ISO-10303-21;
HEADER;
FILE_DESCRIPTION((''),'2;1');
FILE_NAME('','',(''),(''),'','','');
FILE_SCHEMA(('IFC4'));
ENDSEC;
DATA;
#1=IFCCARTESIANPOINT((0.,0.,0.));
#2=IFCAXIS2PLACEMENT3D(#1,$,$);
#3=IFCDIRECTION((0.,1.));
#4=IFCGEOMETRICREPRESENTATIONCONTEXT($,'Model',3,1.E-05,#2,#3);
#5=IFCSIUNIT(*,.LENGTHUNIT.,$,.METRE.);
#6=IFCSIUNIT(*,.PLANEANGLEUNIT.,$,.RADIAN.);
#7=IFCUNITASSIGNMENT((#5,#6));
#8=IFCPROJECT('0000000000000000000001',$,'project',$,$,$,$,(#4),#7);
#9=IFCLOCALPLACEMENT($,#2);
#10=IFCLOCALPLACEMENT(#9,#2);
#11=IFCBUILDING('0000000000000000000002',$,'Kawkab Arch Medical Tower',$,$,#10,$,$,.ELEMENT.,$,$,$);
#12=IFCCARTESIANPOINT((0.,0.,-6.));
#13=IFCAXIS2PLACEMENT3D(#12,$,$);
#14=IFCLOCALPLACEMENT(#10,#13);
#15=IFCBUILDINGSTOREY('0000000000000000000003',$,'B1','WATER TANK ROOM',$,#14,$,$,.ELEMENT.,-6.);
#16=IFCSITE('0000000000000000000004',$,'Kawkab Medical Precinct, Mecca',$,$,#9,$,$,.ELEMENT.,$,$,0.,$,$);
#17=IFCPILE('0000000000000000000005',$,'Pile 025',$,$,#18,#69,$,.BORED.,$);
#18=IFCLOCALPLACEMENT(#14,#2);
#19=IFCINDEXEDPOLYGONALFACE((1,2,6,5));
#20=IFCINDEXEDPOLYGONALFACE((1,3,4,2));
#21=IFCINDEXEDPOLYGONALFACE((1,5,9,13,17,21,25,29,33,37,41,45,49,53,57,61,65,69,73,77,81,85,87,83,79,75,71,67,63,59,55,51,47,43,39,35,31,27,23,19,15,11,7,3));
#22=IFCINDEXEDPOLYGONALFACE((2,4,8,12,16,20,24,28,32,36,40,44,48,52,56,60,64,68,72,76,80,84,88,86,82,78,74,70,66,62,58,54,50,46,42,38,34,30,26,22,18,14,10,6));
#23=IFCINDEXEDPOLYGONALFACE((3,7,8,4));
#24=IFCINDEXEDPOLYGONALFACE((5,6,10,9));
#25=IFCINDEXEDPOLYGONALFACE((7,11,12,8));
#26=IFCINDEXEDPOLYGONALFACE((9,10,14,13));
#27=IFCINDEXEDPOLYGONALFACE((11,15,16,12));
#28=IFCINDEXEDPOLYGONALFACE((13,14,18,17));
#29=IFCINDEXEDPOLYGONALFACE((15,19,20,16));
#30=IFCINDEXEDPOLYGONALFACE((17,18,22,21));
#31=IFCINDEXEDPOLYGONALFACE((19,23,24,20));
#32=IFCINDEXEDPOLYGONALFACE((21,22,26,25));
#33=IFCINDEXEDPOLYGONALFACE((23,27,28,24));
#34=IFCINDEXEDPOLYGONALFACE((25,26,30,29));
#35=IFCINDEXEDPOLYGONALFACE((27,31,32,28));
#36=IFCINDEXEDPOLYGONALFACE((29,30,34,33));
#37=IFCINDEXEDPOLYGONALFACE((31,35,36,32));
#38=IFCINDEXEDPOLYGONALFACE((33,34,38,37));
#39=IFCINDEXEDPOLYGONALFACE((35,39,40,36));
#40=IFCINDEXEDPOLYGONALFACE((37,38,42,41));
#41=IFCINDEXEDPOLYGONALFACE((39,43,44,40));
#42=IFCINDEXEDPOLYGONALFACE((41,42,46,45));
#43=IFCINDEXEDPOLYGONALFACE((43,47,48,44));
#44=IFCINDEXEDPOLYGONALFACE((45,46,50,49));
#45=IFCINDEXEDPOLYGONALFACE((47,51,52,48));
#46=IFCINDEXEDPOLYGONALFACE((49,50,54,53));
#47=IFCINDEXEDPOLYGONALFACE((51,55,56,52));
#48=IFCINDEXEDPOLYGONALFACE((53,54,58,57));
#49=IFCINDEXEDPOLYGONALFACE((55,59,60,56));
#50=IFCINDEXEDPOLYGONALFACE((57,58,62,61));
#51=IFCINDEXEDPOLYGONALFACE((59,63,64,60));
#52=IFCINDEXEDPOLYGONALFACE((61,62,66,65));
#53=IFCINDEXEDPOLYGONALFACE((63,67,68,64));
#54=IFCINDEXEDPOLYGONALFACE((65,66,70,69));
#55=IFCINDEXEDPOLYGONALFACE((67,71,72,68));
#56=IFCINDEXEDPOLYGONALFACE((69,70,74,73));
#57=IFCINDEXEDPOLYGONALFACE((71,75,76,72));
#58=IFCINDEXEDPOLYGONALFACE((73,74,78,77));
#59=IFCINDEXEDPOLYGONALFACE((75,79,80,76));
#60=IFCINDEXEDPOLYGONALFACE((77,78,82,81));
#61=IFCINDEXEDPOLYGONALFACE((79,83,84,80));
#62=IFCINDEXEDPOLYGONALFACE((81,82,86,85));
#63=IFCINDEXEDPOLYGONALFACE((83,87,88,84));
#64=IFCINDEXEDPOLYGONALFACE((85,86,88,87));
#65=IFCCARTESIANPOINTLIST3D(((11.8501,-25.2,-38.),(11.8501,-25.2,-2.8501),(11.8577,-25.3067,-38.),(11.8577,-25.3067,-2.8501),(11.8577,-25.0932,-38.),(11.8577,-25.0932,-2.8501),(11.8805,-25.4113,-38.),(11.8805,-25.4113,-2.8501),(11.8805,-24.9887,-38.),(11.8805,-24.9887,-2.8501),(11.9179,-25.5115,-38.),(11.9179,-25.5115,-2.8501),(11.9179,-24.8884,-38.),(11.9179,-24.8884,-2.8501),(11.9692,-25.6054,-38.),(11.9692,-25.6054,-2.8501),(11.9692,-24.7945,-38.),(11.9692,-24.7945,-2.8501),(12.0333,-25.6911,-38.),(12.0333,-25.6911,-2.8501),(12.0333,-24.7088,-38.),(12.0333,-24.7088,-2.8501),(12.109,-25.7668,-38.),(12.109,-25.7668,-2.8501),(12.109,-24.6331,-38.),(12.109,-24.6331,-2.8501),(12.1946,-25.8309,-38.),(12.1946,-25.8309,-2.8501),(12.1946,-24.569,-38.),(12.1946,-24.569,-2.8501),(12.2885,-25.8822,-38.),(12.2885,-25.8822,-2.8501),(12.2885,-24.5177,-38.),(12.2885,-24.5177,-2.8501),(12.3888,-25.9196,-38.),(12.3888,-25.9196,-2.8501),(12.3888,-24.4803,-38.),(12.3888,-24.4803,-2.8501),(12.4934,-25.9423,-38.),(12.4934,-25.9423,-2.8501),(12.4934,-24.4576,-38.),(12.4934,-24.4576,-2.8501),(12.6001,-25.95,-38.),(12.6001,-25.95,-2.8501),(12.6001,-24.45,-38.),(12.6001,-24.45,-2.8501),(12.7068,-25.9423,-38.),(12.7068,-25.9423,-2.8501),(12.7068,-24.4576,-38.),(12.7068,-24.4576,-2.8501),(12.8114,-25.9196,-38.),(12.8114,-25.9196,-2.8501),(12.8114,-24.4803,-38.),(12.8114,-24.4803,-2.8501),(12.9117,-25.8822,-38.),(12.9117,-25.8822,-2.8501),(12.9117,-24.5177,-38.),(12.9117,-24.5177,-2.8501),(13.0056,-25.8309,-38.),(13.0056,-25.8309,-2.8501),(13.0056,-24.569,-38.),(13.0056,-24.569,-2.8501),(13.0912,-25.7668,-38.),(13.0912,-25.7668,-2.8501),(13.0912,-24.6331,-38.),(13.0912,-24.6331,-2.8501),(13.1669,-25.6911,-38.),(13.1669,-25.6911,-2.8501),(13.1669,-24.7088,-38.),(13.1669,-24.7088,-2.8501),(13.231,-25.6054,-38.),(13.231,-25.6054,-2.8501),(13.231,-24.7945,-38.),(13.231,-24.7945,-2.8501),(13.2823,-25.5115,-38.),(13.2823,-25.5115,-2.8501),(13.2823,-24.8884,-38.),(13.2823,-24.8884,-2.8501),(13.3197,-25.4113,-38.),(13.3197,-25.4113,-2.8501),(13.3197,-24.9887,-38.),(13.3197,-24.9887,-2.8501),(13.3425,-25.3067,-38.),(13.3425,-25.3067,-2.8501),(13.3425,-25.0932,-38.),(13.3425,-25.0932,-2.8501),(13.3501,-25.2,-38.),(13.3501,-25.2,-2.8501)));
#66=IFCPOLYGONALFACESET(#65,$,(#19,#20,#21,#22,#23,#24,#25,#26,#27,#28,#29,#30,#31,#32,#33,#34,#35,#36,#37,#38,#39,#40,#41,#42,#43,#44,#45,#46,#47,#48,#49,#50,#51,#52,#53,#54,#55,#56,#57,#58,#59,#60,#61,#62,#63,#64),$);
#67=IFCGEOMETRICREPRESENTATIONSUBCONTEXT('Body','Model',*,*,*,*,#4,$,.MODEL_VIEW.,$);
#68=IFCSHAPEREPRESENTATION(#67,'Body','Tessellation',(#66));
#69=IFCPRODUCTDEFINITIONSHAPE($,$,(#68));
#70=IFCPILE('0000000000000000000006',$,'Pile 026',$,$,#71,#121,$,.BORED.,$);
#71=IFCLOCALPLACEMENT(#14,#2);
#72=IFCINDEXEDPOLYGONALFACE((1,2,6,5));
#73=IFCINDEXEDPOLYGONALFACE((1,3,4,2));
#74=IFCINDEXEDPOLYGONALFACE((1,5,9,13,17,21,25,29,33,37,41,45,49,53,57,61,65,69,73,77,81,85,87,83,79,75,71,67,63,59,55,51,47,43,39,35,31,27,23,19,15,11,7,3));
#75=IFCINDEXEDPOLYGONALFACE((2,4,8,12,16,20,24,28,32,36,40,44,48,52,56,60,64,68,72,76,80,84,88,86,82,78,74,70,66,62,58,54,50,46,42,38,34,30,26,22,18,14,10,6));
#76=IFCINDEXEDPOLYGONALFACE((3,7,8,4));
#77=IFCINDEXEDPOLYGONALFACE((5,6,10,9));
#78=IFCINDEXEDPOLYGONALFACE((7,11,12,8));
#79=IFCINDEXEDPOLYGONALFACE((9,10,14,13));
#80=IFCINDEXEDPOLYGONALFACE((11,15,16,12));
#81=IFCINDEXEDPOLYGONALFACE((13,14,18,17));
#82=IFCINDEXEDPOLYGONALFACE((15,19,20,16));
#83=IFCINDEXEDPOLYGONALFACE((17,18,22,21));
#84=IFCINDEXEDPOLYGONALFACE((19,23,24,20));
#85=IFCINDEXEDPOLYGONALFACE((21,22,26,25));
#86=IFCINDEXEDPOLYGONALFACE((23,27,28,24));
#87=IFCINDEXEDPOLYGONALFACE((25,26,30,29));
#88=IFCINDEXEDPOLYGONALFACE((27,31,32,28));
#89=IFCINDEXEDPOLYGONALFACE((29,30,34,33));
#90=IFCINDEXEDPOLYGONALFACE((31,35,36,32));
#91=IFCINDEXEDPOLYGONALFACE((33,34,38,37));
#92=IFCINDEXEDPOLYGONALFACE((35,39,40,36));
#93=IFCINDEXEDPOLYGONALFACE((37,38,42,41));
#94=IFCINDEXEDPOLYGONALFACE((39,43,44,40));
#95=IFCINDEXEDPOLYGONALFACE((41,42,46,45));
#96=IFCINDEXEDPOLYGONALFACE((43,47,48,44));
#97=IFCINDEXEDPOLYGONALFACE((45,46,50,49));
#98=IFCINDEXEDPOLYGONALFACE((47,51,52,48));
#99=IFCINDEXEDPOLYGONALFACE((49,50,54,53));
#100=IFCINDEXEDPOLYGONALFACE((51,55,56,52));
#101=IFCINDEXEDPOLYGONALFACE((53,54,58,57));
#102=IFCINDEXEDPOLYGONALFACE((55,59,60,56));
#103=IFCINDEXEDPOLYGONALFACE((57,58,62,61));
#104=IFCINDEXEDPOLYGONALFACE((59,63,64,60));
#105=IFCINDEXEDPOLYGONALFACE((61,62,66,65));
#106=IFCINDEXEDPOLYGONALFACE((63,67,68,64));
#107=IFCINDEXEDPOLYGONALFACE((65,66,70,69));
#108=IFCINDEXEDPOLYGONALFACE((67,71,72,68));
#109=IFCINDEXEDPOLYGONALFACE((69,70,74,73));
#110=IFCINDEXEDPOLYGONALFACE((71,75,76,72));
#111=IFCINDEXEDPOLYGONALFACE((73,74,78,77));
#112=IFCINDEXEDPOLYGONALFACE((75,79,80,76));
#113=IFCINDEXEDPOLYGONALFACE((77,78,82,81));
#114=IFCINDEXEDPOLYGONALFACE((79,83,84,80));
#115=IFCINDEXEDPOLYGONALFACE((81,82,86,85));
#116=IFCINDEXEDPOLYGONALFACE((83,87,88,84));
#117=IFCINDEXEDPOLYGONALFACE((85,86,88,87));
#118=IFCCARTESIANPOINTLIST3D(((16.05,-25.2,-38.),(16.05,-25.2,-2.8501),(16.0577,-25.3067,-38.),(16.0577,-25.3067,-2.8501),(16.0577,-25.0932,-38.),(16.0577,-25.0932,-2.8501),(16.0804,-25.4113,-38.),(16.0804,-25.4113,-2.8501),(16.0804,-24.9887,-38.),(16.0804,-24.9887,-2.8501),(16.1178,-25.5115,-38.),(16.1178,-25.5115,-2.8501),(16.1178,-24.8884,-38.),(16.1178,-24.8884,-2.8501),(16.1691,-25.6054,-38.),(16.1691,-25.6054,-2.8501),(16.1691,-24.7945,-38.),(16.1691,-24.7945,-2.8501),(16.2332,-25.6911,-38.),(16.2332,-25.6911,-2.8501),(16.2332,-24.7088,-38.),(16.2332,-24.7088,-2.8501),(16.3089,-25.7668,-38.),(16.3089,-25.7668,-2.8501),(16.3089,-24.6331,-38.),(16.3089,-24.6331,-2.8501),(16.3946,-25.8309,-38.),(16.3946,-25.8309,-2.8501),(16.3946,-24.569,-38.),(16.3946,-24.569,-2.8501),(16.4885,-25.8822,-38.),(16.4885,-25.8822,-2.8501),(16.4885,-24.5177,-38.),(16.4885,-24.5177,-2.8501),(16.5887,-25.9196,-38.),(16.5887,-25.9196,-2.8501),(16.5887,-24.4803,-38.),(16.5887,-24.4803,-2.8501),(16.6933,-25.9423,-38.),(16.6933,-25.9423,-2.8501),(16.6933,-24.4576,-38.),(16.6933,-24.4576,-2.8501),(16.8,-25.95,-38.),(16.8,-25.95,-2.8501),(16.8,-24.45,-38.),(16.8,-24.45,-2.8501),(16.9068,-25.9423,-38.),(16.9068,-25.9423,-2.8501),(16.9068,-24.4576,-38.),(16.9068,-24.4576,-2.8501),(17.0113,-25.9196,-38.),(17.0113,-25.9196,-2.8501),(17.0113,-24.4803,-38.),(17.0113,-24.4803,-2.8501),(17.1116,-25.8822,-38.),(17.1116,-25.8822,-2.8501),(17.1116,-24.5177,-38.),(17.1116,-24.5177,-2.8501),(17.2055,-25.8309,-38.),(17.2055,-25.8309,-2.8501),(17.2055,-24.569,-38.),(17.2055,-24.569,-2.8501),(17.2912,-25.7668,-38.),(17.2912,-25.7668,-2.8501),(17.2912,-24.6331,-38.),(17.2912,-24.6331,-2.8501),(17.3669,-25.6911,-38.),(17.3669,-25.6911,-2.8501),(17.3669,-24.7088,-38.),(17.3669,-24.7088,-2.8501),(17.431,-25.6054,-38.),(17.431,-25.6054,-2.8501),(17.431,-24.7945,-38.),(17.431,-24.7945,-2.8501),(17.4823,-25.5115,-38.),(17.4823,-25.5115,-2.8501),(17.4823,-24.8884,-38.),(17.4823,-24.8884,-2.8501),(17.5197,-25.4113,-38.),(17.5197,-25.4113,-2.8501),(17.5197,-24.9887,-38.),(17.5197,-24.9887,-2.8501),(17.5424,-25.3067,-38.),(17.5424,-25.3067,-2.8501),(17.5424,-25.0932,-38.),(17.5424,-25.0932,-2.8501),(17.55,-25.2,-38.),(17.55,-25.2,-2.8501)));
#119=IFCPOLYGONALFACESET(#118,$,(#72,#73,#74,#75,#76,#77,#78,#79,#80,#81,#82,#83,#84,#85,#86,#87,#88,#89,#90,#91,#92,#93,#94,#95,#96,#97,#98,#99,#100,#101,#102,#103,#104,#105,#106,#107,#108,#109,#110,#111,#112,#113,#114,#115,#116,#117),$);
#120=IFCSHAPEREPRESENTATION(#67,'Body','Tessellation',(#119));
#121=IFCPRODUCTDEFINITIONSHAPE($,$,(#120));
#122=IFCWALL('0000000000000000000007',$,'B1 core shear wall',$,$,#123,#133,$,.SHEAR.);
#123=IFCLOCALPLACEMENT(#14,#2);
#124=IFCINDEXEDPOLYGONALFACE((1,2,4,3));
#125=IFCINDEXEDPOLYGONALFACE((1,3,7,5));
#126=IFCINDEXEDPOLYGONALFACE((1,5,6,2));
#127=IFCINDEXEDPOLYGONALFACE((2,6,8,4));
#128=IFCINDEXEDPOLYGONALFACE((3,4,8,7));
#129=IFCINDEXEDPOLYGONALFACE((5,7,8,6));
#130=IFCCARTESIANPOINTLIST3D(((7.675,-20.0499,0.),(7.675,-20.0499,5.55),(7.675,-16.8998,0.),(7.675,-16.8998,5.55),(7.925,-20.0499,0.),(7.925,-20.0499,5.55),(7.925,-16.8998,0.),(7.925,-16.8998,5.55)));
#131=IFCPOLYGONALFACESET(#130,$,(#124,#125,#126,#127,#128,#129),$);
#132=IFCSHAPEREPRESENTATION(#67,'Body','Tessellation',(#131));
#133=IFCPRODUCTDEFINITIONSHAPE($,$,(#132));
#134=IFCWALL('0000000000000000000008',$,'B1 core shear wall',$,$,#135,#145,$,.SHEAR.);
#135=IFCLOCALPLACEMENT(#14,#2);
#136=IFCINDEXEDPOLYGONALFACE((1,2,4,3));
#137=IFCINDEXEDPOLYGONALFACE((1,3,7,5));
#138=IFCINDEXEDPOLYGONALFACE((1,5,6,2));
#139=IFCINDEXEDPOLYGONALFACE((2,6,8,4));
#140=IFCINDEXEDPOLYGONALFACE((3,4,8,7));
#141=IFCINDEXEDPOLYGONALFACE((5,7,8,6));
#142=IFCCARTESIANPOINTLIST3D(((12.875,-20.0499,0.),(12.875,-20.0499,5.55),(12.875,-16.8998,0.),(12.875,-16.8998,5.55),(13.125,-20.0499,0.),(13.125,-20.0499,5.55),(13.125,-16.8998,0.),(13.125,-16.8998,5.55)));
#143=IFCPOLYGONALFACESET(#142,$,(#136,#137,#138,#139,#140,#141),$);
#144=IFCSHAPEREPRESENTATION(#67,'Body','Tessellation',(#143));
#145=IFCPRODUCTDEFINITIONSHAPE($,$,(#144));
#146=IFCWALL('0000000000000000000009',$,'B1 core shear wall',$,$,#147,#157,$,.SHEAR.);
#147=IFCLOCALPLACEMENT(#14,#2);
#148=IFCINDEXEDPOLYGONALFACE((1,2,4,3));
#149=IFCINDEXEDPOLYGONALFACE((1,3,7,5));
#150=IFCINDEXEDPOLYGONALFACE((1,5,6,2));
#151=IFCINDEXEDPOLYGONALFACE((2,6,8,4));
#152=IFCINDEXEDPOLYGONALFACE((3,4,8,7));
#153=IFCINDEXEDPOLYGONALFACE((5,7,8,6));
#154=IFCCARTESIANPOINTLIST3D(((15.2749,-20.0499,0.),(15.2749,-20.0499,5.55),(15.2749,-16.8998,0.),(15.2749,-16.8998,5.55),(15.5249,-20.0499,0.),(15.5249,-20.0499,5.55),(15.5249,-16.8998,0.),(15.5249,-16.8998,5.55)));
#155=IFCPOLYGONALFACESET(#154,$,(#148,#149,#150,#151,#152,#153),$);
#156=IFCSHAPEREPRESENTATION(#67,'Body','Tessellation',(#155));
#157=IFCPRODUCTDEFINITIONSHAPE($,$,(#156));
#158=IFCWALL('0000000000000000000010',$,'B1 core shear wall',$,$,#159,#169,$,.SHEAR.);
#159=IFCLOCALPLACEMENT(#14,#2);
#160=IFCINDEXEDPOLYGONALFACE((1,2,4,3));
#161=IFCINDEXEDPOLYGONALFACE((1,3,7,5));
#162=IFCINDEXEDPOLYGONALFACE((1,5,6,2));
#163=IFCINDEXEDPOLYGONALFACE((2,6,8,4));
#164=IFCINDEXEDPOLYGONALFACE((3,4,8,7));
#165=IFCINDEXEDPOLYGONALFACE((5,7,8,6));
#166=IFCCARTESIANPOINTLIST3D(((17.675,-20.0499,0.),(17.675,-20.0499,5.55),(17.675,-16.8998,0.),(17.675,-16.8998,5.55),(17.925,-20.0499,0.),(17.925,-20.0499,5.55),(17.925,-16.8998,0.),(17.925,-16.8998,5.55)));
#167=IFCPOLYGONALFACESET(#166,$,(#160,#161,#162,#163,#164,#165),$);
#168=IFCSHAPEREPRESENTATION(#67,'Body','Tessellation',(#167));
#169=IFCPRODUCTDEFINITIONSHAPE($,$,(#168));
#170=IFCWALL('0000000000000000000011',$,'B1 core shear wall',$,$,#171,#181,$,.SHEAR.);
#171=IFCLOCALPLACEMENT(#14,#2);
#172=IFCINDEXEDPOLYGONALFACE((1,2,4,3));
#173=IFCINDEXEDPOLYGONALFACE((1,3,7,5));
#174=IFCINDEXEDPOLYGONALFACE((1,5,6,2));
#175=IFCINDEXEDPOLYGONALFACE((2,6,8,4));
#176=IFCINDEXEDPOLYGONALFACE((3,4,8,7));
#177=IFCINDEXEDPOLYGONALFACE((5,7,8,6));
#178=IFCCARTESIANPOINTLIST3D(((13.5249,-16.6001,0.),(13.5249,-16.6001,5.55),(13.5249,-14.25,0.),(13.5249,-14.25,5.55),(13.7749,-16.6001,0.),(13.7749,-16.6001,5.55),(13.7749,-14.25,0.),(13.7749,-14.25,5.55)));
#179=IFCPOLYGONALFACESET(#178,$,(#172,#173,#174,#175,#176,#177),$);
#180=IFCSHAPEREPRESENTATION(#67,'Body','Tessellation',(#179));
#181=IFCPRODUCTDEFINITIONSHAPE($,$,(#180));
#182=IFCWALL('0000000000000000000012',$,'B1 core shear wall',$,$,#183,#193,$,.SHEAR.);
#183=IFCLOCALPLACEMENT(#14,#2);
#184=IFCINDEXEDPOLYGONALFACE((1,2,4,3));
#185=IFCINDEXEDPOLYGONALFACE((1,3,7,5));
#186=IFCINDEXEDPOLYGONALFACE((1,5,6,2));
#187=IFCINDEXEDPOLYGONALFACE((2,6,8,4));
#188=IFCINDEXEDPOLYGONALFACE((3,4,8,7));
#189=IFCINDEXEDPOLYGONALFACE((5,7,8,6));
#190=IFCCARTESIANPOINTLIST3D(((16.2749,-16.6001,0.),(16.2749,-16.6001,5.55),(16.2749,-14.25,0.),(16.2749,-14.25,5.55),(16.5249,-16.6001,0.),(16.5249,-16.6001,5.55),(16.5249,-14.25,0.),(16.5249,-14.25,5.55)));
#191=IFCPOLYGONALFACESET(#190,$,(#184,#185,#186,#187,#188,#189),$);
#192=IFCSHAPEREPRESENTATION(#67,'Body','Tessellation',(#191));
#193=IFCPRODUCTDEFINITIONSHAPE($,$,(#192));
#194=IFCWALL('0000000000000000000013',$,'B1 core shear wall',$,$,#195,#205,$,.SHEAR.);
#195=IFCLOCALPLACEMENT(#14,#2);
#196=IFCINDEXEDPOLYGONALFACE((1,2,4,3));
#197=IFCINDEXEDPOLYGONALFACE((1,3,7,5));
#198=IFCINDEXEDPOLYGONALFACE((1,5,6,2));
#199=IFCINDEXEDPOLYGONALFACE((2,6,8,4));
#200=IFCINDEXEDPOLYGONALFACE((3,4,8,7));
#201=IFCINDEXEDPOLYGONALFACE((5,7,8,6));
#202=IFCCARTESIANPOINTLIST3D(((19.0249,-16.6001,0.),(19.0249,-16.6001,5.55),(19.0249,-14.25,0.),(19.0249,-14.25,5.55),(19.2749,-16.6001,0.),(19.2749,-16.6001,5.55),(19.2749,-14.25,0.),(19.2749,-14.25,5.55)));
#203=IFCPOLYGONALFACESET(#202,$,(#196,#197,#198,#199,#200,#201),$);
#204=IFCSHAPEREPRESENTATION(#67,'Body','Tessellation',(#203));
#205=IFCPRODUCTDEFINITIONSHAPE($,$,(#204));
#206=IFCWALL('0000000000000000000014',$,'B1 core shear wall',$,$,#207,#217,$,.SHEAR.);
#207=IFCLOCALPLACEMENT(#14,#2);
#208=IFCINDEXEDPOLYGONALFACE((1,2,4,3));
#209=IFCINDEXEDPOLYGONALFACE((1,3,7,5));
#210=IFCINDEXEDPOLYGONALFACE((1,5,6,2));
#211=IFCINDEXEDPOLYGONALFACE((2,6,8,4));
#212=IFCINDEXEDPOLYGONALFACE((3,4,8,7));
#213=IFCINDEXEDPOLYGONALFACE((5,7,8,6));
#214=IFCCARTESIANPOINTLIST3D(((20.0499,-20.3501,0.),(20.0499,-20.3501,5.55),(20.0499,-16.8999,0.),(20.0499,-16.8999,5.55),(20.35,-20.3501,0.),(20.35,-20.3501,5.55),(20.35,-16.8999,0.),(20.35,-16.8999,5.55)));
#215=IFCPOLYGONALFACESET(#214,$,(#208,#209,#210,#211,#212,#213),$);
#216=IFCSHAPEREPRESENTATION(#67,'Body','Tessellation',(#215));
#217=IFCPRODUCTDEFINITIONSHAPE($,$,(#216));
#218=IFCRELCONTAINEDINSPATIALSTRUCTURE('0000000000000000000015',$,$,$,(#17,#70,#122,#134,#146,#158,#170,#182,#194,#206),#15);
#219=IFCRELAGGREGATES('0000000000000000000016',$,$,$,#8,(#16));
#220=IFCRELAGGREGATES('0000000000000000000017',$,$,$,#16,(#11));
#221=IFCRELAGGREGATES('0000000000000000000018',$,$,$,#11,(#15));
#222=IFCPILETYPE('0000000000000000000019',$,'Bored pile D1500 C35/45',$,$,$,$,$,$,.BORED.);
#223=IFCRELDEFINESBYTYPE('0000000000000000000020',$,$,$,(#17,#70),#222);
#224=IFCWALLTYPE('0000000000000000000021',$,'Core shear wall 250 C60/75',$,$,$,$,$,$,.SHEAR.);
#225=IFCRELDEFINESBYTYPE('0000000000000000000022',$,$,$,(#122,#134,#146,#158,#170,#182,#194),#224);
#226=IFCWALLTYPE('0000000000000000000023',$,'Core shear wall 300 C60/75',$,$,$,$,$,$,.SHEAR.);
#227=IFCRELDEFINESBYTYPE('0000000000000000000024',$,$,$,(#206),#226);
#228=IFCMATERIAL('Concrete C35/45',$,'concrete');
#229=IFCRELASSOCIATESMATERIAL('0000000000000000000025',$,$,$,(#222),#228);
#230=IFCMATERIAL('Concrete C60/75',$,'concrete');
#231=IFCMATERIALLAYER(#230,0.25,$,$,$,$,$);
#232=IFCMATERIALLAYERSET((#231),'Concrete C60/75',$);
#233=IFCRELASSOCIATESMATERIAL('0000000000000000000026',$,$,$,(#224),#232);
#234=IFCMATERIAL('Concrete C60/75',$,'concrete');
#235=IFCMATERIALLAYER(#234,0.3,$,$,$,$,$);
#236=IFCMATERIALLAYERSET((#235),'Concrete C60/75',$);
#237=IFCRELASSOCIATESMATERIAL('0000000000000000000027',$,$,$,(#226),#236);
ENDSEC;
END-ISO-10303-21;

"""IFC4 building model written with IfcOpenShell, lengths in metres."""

from ifc_helpers import new_model, si_unit, direction, frame, frame_2d, origin, origin_2d, place, context, subcontext, project, spatial, rectangle, circle, extrude, material, layer, layer_set, material_profile, profile_set, type_object, element, save


model = new_model("IFC4")

# Units and contexts
model_context = context("Model", 3, precision=1e-05, world=origin(), true_north=direction((0.0, 1.0)))
body_context = subcontext(model_context, "Body", "Model", "MODEL_VIEW")
ifc_project = project(units=[si_unit("LENGTHUNIT", "METRE"), si_unit("PLANEANGLEUNIT", "RADIAN")], contexts=[model_context])

# Site, building, storey
site_placement = place(None, origin())
site = spatial("IfcSite", under=ifc_project, at=site_placement, Name="Kawkab Medical Precinct, Mecca", CompositionType="ELEMENT", RefElevation=0.0)
building_placement = place(site_placement, origin())
building = spatial("IfcBuilding", under=site, at=building_placement, Name="Kawkab Arch Medical Tower", CompositionType="ELEMENT")
storey_placement = place(building_placement, frame((0.0, 0.0, -6.0)))
storey = spatial("IfcBuildingStorey", under=building, at=storey_placement, Name="B1", Description="WATER TANK ROOM", CompositionType="ELEMENT", Elevation=-6.0)

# Piles
ifc_material_1 = material(Name="Concrete C35/45", Category="concrete")
ifc_material_profile = material_profile(ifc_material_1, circle(Radius=0.75, at=origin_2d()), Name="Bored pile D1500")
ifc_profile_set = profile_set([ifc_material_profile], Name="Concrete C35/45")
pile_type = type_object("IfcPileType", Name="Bored pile D1500 C35/45", PredefinedType="BORED", material=ifc_profile_set)
for number, where, z_axis, x_axis, name in (
    (1, (12.6001, -25.2, -2.8501), (0.0, 0.0, -1.0), (1.0, 0.0, 0.0), "Pile 025"),
    (2, (16.8, -25.2, -2.8501), (0.0, 0.0, -1.0), (1.0, 0.0, 0.0), "Pile 026"),
):
    element("IfcPile", number, at=place(storey_placement, frame(where, z_axis=z_axis, x_axis=x_axis)), inside=storey, type_object=pile_type, Name=name, PredefinedType="BORED", context=body_context, shape_type="SweptSolid", body=[
        extrude(circle(Radius=0.75, at=origin_2d()), origin(), (0.0, 0.0, 1.0), 35.1499),
    ])

# Walls
ifc_material_2 = material(Name="Concrete C60/75", Category="concrete")
ifc_layer_1 = layer(ifc_material_2, 0.25)
ifc_layer_set_1 = layer_set([ifc_layer_1], Name="Concrete C60/75")
wall_type_1 = type_object("IfcWallType", Name="Core shear wall 250 C60/75", PredefinedType="SHEAR", material=ifc_layer_set_1)
for number, where, z_axis, x_axis, name in (
    (3, (7.8, -20.05, 0.0), (0.0, 0.0, 1.0), (0.0, 1.0, 0.0), "B1 core shear wall"),
    (4, (13.0, -20.05, 0.0), (0.0, 0.0, 1.0), (0.0, 1.0, 0.0), "B1 core shear wall"),
    (5, (15.3999, -20.05, 0.0), (0.0, 0.0, 1.0), (0.0, 1.0, 0.0), "B1 core shear wall"),
    (6, (17.8, -20.05, 0.0), (0.0, 0.0, 1.0), (0.0, 1.0, 0.0), "B1 core shear wall"),
):
    element("IfcWall", number, at=place(storey_placement, frame(where, z_axis=z_axis, x_axis=x_axis)), inside=storey, type_object=wall_type_1, Name=name, PredefinedType="SHEAR", context=body_context, shape_type="SweptSolid", body=[
        extrude(rectangle(XDim=3.1501, YDim=0.25, at=frame_2d((1.5752, 0.0))), origin(), (0.0, 0.0, 1.0), 5.55),
    ])
for number, where, z_axis, x_axis, name in (
    (7, (13.6499, -16.6001, 0.0), (0.0, 0.0, 1.0), (0.0, 1.0, 0.0), "B1 core shear wall"),
    (8, (16.3999, -16.6001, 0.0), (0.0, 0.0, 1.0), (0.0, 1.0, 0.0), "B1 core shear wall"),
    (9, (19.1499, -16.6001, 0.0), (0.0, 0.0, 1.0), (0.0, 1.0, 0.0), "B1 core shear wall"),
):
    element("IfcWall", number, at=place(storey_placement, frame(where, z_axis=z_axis, x_axis=x_axis)), inside=storey, type_object=wall_type_1, Name=name, PredefinedType="SHEAR", context=body_context, shape_type="SweptSolid", body=[
        extrude(rectangle(XDim=2.3501, YDim=0.25, at=frame_2d((1.175, 0.0))), origin(), (0.0, 0.0, 1.0), 5.55),
    ])
ifc_material_3 = material(Name="Concrete C60/75", Category="concrete")
ifc_layer_2 = layer(ifc_material_3, 0.3)
ifc_layer_set_2 = layer_set([ifc_layer_2], Name="Concrete C60/75")
wall_type_2 = type_object("IfcWallType", Name="Core shear wall 300 C60/75", PredefinedType="SHEAR", material=ifc_layer_set_2)
wall_1_placement = place(storey_placement, frame((20.2, -20.3501, 0.0), z_axis=(0.0, 0.0, 1.0), x_axis=(0.0, 1.0, 0.0)))
element("IfcWall", 10, at=wall_1_placement, inside=storey, type_object=wall_type_2, Name="B1 core shear wall", PredefinedType="SHEAR", context=body_context, shape_type="SweptSolid", body=[
    extrude(rectangle(XDim=3.4502, YDim=0.3, at=frame_2d((1.7251, 0.0))), origin(), (0.0, 0.0, 1.0), 5.55),
])

save(model, "model.ifc")
